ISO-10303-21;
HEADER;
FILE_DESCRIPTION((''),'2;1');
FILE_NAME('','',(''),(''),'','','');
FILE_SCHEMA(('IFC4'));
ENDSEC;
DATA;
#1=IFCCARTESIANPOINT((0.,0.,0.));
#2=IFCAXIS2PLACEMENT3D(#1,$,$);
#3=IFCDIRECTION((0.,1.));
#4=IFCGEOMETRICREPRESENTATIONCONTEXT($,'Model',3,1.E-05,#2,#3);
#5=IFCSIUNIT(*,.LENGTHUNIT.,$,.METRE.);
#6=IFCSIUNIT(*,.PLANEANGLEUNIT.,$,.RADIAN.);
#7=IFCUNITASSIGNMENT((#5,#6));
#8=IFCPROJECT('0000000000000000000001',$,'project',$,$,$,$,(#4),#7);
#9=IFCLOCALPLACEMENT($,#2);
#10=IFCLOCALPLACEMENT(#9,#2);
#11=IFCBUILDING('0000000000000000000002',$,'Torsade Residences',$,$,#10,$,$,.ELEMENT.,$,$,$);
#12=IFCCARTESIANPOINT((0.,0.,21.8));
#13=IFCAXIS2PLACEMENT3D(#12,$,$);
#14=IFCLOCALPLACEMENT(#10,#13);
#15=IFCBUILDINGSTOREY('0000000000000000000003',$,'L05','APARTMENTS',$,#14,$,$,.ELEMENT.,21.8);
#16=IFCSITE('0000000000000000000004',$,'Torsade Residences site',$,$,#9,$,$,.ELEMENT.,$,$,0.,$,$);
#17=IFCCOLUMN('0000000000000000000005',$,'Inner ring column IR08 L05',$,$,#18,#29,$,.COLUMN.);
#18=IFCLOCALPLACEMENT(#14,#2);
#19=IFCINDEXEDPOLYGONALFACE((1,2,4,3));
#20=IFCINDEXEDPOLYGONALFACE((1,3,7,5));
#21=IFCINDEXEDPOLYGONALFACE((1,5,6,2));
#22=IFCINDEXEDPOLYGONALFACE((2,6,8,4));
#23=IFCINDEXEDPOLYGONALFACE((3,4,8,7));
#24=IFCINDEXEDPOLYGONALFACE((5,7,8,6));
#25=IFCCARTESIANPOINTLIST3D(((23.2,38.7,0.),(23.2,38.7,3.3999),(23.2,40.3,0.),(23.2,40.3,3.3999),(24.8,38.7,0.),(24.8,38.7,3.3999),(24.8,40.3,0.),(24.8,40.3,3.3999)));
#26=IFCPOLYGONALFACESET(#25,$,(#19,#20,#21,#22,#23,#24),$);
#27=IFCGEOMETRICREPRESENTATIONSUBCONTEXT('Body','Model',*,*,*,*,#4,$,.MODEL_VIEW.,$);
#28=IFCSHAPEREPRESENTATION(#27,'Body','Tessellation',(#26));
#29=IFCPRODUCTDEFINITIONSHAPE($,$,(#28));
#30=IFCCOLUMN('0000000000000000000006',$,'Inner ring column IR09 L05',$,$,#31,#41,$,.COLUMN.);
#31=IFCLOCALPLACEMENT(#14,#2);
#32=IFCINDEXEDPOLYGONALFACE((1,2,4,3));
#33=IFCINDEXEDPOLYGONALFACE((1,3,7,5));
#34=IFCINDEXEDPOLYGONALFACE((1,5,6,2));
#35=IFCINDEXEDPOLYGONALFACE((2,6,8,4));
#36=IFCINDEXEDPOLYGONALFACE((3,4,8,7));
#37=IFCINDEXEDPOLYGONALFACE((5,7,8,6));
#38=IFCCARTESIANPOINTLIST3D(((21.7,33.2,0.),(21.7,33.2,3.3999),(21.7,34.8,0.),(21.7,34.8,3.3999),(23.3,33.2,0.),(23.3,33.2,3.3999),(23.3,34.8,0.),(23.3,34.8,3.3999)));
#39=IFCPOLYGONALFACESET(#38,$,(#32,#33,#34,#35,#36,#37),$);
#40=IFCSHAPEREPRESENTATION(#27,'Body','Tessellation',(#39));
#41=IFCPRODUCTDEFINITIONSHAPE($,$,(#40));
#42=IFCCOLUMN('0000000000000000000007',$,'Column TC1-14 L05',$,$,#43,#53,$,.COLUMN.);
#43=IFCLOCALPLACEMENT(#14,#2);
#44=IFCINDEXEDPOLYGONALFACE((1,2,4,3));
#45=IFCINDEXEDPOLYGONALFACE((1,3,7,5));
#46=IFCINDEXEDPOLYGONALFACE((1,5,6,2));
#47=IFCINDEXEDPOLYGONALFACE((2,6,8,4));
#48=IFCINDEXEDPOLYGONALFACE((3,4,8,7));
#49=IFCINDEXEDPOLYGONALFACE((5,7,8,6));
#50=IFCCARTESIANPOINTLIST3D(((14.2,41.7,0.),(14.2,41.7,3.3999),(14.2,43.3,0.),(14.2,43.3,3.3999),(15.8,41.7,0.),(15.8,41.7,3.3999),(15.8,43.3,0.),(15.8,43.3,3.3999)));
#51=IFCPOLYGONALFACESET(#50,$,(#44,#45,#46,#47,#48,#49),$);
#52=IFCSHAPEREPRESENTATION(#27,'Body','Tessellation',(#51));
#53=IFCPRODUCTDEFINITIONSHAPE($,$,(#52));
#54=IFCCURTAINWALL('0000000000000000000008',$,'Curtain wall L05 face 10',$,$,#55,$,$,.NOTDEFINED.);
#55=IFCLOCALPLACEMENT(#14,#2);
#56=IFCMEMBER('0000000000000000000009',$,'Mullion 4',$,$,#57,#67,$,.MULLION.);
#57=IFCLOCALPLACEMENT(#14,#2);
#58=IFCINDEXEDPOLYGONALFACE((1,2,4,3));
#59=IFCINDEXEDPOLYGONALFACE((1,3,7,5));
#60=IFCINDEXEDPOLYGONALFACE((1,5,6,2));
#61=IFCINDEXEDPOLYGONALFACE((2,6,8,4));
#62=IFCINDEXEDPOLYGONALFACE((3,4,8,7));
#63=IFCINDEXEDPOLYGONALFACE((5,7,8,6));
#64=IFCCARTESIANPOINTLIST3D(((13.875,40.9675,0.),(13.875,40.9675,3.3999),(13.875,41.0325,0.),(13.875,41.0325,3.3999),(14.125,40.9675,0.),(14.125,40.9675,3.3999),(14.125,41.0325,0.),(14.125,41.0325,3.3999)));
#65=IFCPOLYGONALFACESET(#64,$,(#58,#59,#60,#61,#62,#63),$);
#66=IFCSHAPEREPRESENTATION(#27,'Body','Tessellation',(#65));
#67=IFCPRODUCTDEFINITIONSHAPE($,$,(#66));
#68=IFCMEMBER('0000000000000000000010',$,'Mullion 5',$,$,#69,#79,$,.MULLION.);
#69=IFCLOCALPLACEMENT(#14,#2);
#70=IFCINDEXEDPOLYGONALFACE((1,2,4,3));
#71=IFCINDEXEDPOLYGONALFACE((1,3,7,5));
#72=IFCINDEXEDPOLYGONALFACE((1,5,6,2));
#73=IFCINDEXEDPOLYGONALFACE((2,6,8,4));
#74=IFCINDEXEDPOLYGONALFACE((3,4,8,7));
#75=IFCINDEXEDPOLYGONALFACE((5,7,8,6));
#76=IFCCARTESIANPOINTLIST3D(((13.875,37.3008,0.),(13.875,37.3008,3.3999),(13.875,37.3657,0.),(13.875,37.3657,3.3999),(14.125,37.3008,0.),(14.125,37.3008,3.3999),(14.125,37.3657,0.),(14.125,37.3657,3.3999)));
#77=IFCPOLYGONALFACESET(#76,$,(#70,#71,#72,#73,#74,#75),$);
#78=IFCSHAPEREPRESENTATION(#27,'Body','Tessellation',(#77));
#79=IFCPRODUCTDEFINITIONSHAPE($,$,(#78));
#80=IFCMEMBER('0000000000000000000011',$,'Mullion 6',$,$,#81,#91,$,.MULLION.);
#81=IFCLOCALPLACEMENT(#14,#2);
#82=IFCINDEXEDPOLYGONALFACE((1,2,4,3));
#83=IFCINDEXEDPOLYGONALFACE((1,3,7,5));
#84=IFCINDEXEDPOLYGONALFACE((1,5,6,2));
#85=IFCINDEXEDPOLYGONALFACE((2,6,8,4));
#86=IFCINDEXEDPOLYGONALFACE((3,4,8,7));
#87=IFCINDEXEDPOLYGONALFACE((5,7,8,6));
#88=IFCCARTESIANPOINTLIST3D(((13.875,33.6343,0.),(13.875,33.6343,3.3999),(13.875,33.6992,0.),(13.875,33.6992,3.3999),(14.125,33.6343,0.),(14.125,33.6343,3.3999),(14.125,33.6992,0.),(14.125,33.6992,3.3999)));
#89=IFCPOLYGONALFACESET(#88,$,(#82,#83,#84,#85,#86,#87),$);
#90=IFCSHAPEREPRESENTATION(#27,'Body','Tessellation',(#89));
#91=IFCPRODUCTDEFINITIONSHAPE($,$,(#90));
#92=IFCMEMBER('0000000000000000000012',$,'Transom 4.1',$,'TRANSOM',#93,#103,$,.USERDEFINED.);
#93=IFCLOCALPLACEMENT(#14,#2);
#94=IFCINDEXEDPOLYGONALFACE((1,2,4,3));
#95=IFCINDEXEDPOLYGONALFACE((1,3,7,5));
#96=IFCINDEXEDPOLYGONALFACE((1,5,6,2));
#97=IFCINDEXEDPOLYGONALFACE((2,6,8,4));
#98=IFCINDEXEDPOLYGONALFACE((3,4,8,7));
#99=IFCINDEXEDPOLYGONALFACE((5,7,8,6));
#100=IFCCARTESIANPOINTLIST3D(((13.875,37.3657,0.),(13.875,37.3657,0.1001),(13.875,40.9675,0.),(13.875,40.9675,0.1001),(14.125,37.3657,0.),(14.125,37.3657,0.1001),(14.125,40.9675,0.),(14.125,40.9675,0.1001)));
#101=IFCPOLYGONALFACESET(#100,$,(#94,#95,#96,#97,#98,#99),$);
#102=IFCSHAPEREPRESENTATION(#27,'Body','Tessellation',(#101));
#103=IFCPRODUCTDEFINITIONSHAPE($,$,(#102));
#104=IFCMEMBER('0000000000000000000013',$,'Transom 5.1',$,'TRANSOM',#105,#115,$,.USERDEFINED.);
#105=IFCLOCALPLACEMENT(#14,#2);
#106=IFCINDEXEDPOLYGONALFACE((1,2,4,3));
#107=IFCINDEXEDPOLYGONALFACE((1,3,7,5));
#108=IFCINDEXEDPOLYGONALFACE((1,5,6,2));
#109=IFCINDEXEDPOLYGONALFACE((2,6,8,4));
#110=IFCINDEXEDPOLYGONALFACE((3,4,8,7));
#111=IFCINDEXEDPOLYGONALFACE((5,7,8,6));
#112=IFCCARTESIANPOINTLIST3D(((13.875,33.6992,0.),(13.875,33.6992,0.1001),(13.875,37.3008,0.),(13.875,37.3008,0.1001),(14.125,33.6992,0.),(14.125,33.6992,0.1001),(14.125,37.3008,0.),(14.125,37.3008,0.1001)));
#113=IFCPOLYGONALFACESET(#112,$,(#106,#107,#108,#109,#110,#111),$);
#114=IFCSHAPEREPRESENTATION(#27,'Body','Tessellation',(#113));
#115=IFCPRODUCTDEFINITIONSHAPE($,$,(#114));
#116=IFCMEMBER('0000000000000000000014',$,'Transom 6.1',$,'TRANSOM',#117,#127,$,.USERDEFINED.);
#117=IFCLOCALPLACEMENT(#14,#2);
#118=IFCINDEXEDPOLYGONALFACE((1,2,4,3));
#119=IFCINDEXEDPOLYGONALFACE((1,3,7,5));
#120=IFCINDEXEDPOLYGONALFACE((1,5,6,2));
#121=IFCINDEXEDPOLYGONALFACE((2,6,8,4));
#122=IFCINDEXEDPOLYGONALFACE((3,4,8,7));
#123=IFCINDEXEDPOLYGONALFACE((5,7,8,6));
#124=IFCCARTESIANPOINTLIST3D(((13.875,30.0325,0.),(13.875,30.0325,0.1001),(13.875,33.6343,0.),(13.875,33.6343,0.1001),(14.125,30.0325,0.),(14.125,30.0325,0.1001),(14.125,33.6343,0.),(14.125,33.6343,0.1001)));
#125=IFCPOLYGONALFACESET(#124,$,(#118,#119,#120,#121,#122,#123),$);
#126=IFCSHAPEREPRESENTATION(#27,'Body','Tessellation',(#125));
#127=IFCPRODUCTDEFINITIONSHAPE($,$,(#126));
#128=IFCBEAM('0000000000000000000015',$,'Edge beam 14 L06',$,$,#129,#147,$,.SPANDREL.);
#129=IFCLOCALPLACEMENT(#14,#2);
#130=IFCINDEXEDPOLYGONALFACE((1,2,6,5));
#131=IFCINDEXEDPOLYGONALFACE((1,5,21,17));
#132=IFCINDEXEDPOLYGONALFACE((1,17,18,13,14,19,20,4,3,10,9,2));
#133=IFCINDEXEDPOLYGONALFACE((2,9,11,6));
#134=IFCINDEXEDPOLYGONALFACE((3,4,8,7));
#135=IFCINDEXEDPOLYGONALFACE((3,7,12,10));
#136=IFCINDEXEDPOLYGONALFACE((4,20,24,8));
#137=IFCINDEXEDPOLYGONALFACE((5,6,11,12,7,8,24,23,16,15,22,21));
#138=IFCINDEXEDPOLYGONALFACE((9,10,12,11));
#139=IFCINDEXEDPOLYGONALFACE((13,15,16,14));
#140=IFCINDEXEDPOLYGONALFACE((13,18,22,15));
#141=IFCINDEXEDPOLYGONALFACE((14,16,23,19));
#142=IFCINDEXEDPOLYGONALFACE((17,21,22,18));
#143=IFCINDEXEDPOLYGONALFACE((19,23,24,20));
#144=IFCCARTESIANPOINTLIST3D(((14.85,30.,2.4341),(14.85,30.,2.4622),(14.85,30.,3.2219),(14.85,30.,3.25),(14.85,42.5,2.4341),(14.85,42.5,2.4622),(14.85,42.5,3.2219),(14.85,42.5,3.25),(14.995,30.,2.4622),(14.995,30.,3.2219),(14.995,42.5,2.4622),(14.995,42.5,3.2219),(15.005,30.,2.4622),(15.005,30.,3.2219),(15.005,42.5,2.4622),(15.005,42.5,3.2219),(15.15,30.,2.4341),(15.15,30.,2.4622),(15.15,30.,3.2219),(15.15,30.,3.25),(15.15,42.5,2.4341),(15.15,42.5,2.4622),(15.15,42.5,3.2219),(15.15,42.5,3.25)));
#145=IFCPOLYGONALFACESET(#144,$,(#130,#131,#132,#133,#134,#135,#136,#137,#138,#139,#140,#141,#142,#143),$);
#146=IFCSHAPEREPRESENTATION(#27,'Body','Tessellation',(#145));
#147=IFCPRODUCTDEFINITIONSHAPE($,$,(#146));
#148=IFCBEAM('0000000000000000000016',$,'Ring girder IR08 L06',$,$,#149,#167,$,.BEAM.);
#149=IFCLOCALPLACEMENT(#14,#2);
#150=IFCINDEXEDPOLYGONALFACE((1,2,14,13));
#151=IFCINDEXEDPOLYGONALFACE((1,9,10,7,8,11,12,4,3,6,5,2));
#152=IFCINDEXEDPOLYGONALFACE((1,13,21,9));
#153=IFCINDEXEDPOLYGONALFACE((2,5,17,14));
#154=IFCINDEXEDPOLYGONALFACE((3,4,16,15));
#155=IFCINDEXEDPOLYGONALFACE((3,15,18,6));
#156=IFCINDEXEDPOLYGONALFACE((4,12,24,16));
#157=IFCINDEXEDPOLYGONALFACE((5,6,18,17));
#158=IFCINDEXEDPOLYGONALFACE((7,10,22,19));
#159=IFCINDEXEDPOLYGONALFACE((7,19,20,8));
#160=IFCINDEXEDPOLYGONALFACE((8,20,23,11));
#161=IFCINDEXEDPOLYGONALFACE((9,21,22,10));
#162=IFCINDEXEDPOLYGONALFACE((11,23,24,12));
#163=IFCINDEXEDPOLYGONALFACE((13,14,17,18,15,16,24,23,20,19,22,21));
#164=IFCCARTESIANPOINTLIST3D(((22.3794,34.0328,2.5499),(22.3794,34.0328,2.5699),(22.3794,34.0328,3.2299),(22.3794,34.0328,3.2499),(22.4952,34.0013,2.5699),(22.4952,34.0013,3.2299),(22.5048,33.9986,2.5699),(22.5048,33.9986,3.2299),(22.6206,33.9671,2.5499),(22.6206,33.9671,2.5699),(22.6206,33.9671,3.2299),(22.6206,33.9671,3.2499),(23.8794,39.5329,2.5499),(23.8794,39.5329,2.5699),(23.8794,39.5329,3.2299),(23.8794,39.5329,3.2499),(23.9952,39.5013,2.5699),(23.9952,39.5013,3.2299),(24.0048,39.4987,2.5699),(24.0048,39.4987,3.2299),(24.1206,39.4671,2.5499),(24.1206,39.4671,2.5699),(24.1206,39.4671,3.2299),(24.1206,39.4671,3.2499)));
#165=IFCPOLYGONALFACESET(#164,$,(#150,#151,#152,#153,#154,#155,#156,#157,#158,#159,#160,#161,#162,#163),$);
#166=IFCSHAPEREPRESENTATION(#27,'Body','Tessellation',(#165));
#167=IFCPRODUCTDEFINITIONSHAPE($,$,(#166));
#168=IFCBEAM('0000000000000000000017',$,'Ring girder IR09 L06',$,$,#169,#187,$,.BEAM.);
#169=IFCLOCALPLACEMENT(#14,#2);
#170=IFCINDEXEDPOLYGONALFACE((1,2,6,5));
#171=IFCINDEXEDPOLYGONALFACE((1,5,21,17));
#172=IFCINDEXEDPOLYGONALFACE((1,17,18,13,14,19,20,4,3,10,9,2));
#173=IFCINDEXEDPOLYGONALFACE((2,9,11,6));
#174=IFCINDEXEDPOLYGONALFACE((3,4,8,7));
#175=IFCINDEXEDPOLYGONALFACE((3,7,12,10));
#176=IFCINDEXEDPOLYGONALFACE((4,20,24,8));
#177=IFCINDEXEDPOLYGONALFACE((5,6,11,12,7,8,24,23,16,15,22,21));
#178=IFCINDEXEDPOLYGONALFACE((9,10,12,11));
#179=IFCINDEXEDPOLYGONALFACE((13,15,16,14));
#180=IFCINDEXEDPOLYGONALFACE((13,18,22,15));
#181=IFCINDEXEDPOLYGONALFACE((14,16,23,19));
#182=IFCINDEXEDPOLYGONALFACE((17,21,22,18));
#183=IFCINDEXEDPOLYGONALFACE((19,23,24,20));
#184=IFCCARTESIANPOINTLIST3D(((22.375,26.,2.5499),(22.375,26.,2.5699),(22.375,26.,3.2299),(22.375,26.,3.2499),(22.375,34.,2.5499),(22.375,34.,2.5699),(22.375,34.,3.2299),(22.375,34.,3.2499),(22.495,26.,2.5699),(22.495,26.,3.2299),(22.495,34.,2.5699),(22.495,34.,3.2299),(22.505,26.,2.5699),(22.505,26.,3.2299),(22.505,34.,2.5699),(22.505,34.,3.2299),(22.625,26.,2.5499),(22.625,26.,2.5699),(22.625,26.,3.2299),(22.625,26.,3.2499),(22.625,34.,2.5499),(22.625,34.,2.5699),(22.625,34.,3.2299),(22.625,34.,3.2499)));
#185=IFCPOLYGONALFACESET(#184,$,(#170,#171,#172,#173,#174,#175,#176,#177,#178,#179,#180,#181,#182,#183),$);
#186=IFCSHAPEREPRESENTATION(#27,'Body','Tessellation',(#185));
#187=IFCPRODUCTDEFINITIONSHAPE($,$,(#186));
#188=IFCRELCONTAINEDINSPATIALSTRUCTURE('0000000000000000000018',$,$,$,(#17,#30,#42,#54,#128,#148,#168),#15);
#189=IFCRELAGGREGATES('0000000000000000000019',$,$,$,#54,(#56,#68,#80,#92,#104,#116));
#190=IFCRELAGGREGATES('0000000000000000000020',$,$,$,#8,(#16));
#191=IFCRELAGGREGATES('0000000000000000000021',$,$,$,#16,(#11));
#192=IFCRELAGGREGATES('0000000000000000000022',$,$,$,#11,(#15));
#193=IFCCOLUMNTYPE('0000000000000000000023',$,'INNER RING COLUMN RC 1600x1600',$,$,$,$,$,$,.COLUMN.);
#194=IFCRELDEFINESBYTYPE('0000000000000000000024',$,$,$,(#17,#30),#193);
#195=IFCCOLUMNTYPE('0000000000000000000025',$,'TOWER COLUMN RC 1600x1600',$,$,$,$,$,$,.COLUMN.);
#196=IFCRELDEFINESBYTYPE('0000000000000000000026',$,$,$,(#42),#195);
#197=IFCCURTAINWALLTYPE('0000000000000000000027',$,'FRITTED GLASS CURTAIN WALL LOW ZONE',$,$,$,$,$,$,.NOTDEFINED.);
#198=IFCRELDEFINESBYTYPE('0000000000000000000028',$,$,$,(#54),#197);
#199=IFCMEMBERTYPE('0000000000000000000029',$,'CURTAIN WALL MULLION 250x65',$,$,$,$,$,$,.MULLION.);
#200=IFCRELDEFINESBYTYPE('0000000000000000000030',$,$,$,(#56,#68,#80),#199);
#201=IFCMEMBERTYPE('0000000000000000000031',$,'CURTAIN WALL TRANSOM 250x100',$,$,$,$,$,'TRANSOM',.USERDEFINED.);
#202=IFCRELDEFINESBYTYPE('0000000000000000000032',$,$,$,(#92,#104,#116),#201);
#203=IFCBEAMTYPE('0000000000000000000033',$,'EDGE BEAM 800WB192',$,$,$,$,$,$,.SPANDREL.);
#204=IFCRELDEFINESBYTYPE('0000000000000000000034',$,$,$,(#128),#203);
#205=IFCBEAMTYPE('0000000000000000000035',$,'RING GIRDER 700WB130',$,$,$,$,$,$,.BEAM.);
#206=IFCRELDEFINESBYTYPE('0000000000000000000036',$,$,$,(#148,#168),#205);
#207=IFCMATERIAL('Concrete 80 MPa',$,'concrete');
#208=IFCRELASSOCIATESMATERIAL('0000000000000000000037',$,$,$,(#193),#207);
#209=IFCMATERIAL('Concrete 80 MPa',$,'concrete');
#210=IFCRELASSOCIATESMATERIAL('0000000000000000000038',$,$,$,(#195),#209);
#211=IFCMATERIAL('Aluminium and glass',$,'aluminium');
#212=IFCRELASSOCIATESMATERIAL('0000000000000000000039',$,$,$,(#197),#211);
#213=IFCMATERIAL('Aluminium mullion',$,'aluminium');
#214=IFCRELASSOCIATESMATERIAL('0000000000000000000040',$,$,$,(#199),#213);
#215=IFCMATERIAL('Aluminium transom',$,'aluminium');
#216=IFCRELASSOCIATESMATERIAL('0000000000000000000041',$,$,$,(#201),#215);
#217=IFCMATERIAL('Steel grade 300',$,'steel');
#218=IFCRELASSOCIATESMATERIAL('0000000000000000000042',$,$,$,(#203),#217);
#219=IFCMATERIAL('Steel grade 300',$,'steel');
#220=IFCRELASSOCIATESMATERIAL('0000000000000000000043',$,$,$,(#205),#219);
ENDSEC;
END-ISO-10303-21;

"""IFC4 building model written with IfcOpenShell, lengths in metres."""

from ifc_helpers import new_model, si_unit, direction, frame, origin, origin_2d, place, context, subcontext, project, spatial, rectangle, i_section, extrude, material, material_profile, profile_set, type_object, element, aggregate, save


model = new_model("IFC4")

# Units and contexts
model_context = context("Model", 3, precision=1e-05, world=origin(), true_north=direction((0.0, 1.0)))
body_context = subcontext(model_context, "Body", "Model", "MODEL_VIEW")
ifc_project = project(units=[si_unit("LENGTHUNIT", "METRE"), si_unit("PLANEANGLEUNIT", "RADIAN")], contexts=[model_context])

# Site, building, storey
site_placement = place(None, origin())
site = spatial("IfcSite", under=ifc_project, at=site_placement, Name="Torsade Residences site", CompositionType="ELEMENT", RefElevation=0.0)
building_placement = place(site_placement, origin())
building = spatial("IfcBuilding", under=site, at=building_placement, Name="Torsade Residences", CompositionType="ELEMENT")
storey_placement = place(building_placement, frame((0.0, 0.0, 21.8)))
storey = spatial("IfcBuildingStorey", under=building, at=storey_placement, Name="L05", Description="APARTMENTS", CompositionType="ELEMENT", Elevation=21.8)

# Columns
ifc_material_1 = material(Name="Concrete 80 MPa", Category="concrete")
ifc_material_profile_1 = material_profile(ifc_material_1, rectangle(XDim=1.6001, YDim=1.6001, at=origin_2d()), Name="RC 1600x1600")
ifc_profile_set_1 = profile_set([ifc_material_profile_1], Name="Concrete 80 MPa")
column_type_1 = type_object("IfcColumnType", Name="INNER RING COLUMN RC 1600x1600", PredefinedType="COLUMN", material=ifc_profile_set_1)
for number, where, z_axis, x_axis, name in (
    (1, (24.0, 39.5, 0.0), (0.0, 0.0, 1.0), (1.0, 0.0, 0.0), "Inner ring column IR08 L05"),
    (2, (22.5, 34.0, 0.0), (0.0, 0.0, 1.0), (1.0, 0.0, 0.0), "Inner ring column IR09 L05"),
):
    element("IfcColumn", number, at=place(storey_placement, frame(where, z_axis=z_axis, x_axis=x_axis)), inside=storey, type_object=column_type_1, Name=name, PredefinedType="COLUMN", context=body_context, shape_type="SweptSolid", body=[
        extrude(rectangle(XDim=1.6001, YDim=1.6001, at=origin_2d()), origin(), (0.0, 0.0, 1.0), 3.3999),
    ])
ifc_material_2 = material(Name="Concrete 80 MPa", Category="concrete")
ifc_material_profile_2 = material_profile(ifc_material_2, rectangle(XDim=1.6001, YDim=1.6001, at=origin_2d()), Name="RC 1600x1600")
ifc_profile_set_2 = profile_set([ifc_material_profile_2], Name="Concrete 80 MPa")
column_type_2 = type_object("IfcColumnType", Name="TOWER COLUMN RC 1600x1600", PredefinedType="COLUMN", material=ifc_profile_set_2)
column_placement = place(storey_placement, frame((15.0, 42.5, 0.0), z_axis=(0.0, 0.0, 1.0), x_axis=(1.0, 0.0, 0.0)))
element("IfcColumn", 3, at=column_placement, inside=storey, type_object=column_type_2, Name="Column TC1-14 L05", PredefinedType="COLUMN", context=body_context, shape_type="SweptSolid", body=[
    extrude(rectangle(XDim=1.6001, YDim=1.6001, at=origin_2d()), origin(), (0.0, 0.0, 1.0), 3.3999),
])

# Curtain wall, members
ifc_material_3 = material(Name="Aluminium and glass", Category="aluminium")
curtain_wall_type = type_object("IfcCurtainWallType", Name="FRITTED GLASS CURTAIN WALL LOW ZONE", PredefinedType="NOTDEFINED", material=ifc_material_3)
curtain_wall_placement = place(storey_placement, origin())
curtain_wall = element("IfcCurtainWall", 4, at=curtain_wall_placement, inside=storey, type_object=curtain_wall_type, Name="Curtain wall L05 face 10", PredefinedType="NOTDEFINED")
ifc_material_4 = material(Name="Aluminium mullion", Category="aluminium")
ifc_material_profile_3 = material_profile(ifc_material_4, rectangle(XDim=0.25, YDim=0.0649, at=origin_2d()), Name="CURTAIN WALL MULLION 250x65")
ifc_profile_set_3 = profile_set([ifc_material_profile_3], Name="Aluminium mullion")
member_type_1 = type_object("IfcMemberType", Name="CURTAIN WALL MULLION 250x65", PredefinedType="MULLION", material=ifc_profile_set_3)
member_1_placement = place(storey_placement, frame((14.0, 41.0, 0.0), z_axis=(0.0, 0.0, 1.0), x_axis=(1.0, 0.0, 0.0)))
member_1 = element("IfcMember", 5, at=member_1_placement, type_object=member_type_1, Name="Mullion 4", PredefinedType="MULLION", context=body_context, shape_type="SweptSolid", body=[
    extrude(rectangle(XDim=0.25, YDim=0.0649, at=origin_2d()), origin(), (0.0, 0.0, 1.0), 3.3999),
])
member_2_placement = place(storey_placement, frame((14.0, 37.3333, 0.0), z_axis=(0.0, 0.0, 1.0), x_axis=(1.0, 0.0, 0.0)))
member_2 = element("IfcMember", 6, at=member_2_placement, type_object=member_type_1, Name="Mullion 5", PredefinedType="MULLION", context=body_context, shape_type="SweptSolid", body=[
    extrude(rectangle(XDim=0.25, YDim=0.0649, at=origin_2d()), origin(), (0.0, 0.0, 1.0), 3.3999),
])
member_3_placement = place(storey_placement, frame((14.0, 33.6667, 0.0), z_axis=(0.0, 0.0, 1.0), x_axis=(1.0, 0.0, 0.0)))
member_3 = element("IfcMember", 7, at=member_3_placement, type_object=member_type_1, Name="Mullion 6", PredefinedType="MULLION", context=body_context, shape_type="SweptSolid", body=[
    extrude(rectangle(XDim=0.25, YDim=0.0649, at=origin_2d()), origin(), (0.0, 0.0, 1.0), 3.3999),
])
ifc_material_5 = material(Name="Aluminium transom", Category="aluminium")
ifc_material_profile_4 = material_profile(ifc_material_5, rectangle(XDim=0.25, YDim=0.1001, at=origin_2d()), Name="CURTAIN WALL TRANSOM 250x100")
ifc_profile_set_4 = profile_set([ifc_material_profile_4], Name="Aluminium transom")
member_type_2 = type_object("IfcMemberType", Name="CURTAIN WALL TRANSOM 250x100", ElementType="TRANSOM", PredefinedType="USERDEFINED", material=ifc_profile_set_4)
member_4_placement = place(storey_placement, frame((14.0, 40.9675, 0.05), z_axis=(0.0, -1.0, 0.0), x_axis=(1.0, 0.0, 0.0)))
member_4 = element("IfcMember", 8, at=member_4_placement, type_object=member_type_2, Name="Transom 4.1", ObjectType="TRANSOM", PredefinedType="USERDEFINED", context=body_context, shape_type="SweptSolid", body=[
    extrude(rectangle(XDim=0.25, YDim=0.1001, at=origin_2d()), origin(), (0.0, 0.0, 1.0), 3.6018),
])
member_5_placement = place(storey_placement, frame((14.0, 37.3008, 0.05), z_axis=(0.0, -1.0, 0.0), x_axis=(1.0, 0.0, 0.0)))
member_5 = element("IfcMember", 9, at=member_5_placement, type_object=member_type_2, Name="Transom 5.1", ObjectType="TRANSOM", PredefinedType="USERDEFINED", context=body_context, shape_type="SweptSolid", body=[
    extrude(rectangle(XDim=0.25, YDim=0.1001, at=origin_2d()), origin(), (0.0, 0.0, 1.0), 3.6016),
])
member_6_placement = place(storey_placement, frame((14.0, 33.6343, 0.05), z_axis=(0.0, -1.0, 0.0), x_axis=(1.0, 0.0, 0.0)))
member_6 = element("IfcMember", 10, at=member_6_placement, type_object=member_type_2, Name="Transom 6.1", ObjectType="TRANSOM", PredefinedType="USERDEFINED", context=body_context, shape_type="SweptSolid", body=[
    extrude(rectangle(XDim=0.25, YDim=0.1001, at=origin_2d()), origin(), (0.0, 0.0, 1.0), 3.6018),
])

# Beams
ifc_material_6 = material(Name="Steel grade 300", Category="steel")
ifc_material_profile_5 = material_profile(ifc_material_6, i_section(OverallWidth=0.3, OverallDepth=0.8159, WebThickness=0.01, FlangeThickness=0.0281, at=origin_2d()), Name="800WB192")
ifc_profile_set_5 = profile_set([ifc_material_profile_5], Name="Steel grade 300")
beam_type_1 = type_object("IfcBeamType", Name="EDGE BEAM 800WB192", PredefinedType="SPANDREL", material=ifc_profile_set_5)
beam_1_placement = place(storey_placement, frame((15.0, 42.5, 2.842), z_axis=(0.0, -1.0, 0.0), x_axis=(1.0, 0.0, 0.0)))
element("IfcBeam", 11, at=beam_1_placement, inside=storey, type_object=beam_type_1, Name="Edge beam 14 L06", PredefinedType="SPANDREL", context=body_context, shape_type="SweptSolid", body=[
    extrude(i_section(OverallWidth=0.3, OverallDepth=0.8159, WebThickness=0.01, FlangeThickness=0.0281, at=origin_2d()), origin(), (0.0, 0.0, 1.0), 12.5),
])
ifc_material_7 = material(Name="Steel grade 300", Category="steel")
ifc_material_profile_6 = material_profile(ifc_material_7, i_section(OverallWidth=0.25, OverallDepth=0.7, WebThickness=0.01, FlangeThickness=0.02, at=origin_2d()), Name="700WB130")
ifc_profile_set_6 = profile_set([ifc_material_profile_6], Name="Steel grade 300")
beam_type_2 = type_object("IfcBeamType", Name="RING GIRDER 700WB130", PredefinedType="BEAM", material=ifc_profile_set_6)
beam_2_placement = place(storey_placement, frame((24.0, 39.5, 2.8999), z_axis=(-0.263117, -0.964764, 0.0), x_axis=(0.964764, -0.263117, 0.0)))
element("IfcBeam", 12, at=beam_2_placement, inside=storey, type_object=beam_type_2, Name="Ring girder IR08 L06", PredefinedType="BEAM", context=body_context, shape_type="SweptSolid", body=[
    extrude(i_section(OverallWidth=0.25, OverallDepth=0.7, WebThickness=0.01, FlangeThickness=0.02, at=origin_2d()), origin(), (0.0, 0.0, 1.0), 5.7009),
])
beam_3_placement = place(storey_placement, frame((22.5, 34.0, 2.8999), z_axis=(0.0, -1.0, 0.0), x_axis=(1.0, 0.0, 0.0)))
element("IfcBeam", 13, at=beam_3_placement, inside=storey, type_object=beam_type_2, Name="Ring girder IR09 L06", PredefinedType="BEAM", context=body_context, shape_type="SweptSolid", body=[
    extrude(i_section(OverallWidth=0.25, OverallDepth=0.7, WebThickness=0.01, FlangeThickness=0.02, at=origin_2d()), origin(), (0.0, 0.0, 1.0), 8.0),
])

aggregate(curtain_wall, [member_1, member_2, member_3, member_4, member_5, member_6])

save(model, "model.ifc")
